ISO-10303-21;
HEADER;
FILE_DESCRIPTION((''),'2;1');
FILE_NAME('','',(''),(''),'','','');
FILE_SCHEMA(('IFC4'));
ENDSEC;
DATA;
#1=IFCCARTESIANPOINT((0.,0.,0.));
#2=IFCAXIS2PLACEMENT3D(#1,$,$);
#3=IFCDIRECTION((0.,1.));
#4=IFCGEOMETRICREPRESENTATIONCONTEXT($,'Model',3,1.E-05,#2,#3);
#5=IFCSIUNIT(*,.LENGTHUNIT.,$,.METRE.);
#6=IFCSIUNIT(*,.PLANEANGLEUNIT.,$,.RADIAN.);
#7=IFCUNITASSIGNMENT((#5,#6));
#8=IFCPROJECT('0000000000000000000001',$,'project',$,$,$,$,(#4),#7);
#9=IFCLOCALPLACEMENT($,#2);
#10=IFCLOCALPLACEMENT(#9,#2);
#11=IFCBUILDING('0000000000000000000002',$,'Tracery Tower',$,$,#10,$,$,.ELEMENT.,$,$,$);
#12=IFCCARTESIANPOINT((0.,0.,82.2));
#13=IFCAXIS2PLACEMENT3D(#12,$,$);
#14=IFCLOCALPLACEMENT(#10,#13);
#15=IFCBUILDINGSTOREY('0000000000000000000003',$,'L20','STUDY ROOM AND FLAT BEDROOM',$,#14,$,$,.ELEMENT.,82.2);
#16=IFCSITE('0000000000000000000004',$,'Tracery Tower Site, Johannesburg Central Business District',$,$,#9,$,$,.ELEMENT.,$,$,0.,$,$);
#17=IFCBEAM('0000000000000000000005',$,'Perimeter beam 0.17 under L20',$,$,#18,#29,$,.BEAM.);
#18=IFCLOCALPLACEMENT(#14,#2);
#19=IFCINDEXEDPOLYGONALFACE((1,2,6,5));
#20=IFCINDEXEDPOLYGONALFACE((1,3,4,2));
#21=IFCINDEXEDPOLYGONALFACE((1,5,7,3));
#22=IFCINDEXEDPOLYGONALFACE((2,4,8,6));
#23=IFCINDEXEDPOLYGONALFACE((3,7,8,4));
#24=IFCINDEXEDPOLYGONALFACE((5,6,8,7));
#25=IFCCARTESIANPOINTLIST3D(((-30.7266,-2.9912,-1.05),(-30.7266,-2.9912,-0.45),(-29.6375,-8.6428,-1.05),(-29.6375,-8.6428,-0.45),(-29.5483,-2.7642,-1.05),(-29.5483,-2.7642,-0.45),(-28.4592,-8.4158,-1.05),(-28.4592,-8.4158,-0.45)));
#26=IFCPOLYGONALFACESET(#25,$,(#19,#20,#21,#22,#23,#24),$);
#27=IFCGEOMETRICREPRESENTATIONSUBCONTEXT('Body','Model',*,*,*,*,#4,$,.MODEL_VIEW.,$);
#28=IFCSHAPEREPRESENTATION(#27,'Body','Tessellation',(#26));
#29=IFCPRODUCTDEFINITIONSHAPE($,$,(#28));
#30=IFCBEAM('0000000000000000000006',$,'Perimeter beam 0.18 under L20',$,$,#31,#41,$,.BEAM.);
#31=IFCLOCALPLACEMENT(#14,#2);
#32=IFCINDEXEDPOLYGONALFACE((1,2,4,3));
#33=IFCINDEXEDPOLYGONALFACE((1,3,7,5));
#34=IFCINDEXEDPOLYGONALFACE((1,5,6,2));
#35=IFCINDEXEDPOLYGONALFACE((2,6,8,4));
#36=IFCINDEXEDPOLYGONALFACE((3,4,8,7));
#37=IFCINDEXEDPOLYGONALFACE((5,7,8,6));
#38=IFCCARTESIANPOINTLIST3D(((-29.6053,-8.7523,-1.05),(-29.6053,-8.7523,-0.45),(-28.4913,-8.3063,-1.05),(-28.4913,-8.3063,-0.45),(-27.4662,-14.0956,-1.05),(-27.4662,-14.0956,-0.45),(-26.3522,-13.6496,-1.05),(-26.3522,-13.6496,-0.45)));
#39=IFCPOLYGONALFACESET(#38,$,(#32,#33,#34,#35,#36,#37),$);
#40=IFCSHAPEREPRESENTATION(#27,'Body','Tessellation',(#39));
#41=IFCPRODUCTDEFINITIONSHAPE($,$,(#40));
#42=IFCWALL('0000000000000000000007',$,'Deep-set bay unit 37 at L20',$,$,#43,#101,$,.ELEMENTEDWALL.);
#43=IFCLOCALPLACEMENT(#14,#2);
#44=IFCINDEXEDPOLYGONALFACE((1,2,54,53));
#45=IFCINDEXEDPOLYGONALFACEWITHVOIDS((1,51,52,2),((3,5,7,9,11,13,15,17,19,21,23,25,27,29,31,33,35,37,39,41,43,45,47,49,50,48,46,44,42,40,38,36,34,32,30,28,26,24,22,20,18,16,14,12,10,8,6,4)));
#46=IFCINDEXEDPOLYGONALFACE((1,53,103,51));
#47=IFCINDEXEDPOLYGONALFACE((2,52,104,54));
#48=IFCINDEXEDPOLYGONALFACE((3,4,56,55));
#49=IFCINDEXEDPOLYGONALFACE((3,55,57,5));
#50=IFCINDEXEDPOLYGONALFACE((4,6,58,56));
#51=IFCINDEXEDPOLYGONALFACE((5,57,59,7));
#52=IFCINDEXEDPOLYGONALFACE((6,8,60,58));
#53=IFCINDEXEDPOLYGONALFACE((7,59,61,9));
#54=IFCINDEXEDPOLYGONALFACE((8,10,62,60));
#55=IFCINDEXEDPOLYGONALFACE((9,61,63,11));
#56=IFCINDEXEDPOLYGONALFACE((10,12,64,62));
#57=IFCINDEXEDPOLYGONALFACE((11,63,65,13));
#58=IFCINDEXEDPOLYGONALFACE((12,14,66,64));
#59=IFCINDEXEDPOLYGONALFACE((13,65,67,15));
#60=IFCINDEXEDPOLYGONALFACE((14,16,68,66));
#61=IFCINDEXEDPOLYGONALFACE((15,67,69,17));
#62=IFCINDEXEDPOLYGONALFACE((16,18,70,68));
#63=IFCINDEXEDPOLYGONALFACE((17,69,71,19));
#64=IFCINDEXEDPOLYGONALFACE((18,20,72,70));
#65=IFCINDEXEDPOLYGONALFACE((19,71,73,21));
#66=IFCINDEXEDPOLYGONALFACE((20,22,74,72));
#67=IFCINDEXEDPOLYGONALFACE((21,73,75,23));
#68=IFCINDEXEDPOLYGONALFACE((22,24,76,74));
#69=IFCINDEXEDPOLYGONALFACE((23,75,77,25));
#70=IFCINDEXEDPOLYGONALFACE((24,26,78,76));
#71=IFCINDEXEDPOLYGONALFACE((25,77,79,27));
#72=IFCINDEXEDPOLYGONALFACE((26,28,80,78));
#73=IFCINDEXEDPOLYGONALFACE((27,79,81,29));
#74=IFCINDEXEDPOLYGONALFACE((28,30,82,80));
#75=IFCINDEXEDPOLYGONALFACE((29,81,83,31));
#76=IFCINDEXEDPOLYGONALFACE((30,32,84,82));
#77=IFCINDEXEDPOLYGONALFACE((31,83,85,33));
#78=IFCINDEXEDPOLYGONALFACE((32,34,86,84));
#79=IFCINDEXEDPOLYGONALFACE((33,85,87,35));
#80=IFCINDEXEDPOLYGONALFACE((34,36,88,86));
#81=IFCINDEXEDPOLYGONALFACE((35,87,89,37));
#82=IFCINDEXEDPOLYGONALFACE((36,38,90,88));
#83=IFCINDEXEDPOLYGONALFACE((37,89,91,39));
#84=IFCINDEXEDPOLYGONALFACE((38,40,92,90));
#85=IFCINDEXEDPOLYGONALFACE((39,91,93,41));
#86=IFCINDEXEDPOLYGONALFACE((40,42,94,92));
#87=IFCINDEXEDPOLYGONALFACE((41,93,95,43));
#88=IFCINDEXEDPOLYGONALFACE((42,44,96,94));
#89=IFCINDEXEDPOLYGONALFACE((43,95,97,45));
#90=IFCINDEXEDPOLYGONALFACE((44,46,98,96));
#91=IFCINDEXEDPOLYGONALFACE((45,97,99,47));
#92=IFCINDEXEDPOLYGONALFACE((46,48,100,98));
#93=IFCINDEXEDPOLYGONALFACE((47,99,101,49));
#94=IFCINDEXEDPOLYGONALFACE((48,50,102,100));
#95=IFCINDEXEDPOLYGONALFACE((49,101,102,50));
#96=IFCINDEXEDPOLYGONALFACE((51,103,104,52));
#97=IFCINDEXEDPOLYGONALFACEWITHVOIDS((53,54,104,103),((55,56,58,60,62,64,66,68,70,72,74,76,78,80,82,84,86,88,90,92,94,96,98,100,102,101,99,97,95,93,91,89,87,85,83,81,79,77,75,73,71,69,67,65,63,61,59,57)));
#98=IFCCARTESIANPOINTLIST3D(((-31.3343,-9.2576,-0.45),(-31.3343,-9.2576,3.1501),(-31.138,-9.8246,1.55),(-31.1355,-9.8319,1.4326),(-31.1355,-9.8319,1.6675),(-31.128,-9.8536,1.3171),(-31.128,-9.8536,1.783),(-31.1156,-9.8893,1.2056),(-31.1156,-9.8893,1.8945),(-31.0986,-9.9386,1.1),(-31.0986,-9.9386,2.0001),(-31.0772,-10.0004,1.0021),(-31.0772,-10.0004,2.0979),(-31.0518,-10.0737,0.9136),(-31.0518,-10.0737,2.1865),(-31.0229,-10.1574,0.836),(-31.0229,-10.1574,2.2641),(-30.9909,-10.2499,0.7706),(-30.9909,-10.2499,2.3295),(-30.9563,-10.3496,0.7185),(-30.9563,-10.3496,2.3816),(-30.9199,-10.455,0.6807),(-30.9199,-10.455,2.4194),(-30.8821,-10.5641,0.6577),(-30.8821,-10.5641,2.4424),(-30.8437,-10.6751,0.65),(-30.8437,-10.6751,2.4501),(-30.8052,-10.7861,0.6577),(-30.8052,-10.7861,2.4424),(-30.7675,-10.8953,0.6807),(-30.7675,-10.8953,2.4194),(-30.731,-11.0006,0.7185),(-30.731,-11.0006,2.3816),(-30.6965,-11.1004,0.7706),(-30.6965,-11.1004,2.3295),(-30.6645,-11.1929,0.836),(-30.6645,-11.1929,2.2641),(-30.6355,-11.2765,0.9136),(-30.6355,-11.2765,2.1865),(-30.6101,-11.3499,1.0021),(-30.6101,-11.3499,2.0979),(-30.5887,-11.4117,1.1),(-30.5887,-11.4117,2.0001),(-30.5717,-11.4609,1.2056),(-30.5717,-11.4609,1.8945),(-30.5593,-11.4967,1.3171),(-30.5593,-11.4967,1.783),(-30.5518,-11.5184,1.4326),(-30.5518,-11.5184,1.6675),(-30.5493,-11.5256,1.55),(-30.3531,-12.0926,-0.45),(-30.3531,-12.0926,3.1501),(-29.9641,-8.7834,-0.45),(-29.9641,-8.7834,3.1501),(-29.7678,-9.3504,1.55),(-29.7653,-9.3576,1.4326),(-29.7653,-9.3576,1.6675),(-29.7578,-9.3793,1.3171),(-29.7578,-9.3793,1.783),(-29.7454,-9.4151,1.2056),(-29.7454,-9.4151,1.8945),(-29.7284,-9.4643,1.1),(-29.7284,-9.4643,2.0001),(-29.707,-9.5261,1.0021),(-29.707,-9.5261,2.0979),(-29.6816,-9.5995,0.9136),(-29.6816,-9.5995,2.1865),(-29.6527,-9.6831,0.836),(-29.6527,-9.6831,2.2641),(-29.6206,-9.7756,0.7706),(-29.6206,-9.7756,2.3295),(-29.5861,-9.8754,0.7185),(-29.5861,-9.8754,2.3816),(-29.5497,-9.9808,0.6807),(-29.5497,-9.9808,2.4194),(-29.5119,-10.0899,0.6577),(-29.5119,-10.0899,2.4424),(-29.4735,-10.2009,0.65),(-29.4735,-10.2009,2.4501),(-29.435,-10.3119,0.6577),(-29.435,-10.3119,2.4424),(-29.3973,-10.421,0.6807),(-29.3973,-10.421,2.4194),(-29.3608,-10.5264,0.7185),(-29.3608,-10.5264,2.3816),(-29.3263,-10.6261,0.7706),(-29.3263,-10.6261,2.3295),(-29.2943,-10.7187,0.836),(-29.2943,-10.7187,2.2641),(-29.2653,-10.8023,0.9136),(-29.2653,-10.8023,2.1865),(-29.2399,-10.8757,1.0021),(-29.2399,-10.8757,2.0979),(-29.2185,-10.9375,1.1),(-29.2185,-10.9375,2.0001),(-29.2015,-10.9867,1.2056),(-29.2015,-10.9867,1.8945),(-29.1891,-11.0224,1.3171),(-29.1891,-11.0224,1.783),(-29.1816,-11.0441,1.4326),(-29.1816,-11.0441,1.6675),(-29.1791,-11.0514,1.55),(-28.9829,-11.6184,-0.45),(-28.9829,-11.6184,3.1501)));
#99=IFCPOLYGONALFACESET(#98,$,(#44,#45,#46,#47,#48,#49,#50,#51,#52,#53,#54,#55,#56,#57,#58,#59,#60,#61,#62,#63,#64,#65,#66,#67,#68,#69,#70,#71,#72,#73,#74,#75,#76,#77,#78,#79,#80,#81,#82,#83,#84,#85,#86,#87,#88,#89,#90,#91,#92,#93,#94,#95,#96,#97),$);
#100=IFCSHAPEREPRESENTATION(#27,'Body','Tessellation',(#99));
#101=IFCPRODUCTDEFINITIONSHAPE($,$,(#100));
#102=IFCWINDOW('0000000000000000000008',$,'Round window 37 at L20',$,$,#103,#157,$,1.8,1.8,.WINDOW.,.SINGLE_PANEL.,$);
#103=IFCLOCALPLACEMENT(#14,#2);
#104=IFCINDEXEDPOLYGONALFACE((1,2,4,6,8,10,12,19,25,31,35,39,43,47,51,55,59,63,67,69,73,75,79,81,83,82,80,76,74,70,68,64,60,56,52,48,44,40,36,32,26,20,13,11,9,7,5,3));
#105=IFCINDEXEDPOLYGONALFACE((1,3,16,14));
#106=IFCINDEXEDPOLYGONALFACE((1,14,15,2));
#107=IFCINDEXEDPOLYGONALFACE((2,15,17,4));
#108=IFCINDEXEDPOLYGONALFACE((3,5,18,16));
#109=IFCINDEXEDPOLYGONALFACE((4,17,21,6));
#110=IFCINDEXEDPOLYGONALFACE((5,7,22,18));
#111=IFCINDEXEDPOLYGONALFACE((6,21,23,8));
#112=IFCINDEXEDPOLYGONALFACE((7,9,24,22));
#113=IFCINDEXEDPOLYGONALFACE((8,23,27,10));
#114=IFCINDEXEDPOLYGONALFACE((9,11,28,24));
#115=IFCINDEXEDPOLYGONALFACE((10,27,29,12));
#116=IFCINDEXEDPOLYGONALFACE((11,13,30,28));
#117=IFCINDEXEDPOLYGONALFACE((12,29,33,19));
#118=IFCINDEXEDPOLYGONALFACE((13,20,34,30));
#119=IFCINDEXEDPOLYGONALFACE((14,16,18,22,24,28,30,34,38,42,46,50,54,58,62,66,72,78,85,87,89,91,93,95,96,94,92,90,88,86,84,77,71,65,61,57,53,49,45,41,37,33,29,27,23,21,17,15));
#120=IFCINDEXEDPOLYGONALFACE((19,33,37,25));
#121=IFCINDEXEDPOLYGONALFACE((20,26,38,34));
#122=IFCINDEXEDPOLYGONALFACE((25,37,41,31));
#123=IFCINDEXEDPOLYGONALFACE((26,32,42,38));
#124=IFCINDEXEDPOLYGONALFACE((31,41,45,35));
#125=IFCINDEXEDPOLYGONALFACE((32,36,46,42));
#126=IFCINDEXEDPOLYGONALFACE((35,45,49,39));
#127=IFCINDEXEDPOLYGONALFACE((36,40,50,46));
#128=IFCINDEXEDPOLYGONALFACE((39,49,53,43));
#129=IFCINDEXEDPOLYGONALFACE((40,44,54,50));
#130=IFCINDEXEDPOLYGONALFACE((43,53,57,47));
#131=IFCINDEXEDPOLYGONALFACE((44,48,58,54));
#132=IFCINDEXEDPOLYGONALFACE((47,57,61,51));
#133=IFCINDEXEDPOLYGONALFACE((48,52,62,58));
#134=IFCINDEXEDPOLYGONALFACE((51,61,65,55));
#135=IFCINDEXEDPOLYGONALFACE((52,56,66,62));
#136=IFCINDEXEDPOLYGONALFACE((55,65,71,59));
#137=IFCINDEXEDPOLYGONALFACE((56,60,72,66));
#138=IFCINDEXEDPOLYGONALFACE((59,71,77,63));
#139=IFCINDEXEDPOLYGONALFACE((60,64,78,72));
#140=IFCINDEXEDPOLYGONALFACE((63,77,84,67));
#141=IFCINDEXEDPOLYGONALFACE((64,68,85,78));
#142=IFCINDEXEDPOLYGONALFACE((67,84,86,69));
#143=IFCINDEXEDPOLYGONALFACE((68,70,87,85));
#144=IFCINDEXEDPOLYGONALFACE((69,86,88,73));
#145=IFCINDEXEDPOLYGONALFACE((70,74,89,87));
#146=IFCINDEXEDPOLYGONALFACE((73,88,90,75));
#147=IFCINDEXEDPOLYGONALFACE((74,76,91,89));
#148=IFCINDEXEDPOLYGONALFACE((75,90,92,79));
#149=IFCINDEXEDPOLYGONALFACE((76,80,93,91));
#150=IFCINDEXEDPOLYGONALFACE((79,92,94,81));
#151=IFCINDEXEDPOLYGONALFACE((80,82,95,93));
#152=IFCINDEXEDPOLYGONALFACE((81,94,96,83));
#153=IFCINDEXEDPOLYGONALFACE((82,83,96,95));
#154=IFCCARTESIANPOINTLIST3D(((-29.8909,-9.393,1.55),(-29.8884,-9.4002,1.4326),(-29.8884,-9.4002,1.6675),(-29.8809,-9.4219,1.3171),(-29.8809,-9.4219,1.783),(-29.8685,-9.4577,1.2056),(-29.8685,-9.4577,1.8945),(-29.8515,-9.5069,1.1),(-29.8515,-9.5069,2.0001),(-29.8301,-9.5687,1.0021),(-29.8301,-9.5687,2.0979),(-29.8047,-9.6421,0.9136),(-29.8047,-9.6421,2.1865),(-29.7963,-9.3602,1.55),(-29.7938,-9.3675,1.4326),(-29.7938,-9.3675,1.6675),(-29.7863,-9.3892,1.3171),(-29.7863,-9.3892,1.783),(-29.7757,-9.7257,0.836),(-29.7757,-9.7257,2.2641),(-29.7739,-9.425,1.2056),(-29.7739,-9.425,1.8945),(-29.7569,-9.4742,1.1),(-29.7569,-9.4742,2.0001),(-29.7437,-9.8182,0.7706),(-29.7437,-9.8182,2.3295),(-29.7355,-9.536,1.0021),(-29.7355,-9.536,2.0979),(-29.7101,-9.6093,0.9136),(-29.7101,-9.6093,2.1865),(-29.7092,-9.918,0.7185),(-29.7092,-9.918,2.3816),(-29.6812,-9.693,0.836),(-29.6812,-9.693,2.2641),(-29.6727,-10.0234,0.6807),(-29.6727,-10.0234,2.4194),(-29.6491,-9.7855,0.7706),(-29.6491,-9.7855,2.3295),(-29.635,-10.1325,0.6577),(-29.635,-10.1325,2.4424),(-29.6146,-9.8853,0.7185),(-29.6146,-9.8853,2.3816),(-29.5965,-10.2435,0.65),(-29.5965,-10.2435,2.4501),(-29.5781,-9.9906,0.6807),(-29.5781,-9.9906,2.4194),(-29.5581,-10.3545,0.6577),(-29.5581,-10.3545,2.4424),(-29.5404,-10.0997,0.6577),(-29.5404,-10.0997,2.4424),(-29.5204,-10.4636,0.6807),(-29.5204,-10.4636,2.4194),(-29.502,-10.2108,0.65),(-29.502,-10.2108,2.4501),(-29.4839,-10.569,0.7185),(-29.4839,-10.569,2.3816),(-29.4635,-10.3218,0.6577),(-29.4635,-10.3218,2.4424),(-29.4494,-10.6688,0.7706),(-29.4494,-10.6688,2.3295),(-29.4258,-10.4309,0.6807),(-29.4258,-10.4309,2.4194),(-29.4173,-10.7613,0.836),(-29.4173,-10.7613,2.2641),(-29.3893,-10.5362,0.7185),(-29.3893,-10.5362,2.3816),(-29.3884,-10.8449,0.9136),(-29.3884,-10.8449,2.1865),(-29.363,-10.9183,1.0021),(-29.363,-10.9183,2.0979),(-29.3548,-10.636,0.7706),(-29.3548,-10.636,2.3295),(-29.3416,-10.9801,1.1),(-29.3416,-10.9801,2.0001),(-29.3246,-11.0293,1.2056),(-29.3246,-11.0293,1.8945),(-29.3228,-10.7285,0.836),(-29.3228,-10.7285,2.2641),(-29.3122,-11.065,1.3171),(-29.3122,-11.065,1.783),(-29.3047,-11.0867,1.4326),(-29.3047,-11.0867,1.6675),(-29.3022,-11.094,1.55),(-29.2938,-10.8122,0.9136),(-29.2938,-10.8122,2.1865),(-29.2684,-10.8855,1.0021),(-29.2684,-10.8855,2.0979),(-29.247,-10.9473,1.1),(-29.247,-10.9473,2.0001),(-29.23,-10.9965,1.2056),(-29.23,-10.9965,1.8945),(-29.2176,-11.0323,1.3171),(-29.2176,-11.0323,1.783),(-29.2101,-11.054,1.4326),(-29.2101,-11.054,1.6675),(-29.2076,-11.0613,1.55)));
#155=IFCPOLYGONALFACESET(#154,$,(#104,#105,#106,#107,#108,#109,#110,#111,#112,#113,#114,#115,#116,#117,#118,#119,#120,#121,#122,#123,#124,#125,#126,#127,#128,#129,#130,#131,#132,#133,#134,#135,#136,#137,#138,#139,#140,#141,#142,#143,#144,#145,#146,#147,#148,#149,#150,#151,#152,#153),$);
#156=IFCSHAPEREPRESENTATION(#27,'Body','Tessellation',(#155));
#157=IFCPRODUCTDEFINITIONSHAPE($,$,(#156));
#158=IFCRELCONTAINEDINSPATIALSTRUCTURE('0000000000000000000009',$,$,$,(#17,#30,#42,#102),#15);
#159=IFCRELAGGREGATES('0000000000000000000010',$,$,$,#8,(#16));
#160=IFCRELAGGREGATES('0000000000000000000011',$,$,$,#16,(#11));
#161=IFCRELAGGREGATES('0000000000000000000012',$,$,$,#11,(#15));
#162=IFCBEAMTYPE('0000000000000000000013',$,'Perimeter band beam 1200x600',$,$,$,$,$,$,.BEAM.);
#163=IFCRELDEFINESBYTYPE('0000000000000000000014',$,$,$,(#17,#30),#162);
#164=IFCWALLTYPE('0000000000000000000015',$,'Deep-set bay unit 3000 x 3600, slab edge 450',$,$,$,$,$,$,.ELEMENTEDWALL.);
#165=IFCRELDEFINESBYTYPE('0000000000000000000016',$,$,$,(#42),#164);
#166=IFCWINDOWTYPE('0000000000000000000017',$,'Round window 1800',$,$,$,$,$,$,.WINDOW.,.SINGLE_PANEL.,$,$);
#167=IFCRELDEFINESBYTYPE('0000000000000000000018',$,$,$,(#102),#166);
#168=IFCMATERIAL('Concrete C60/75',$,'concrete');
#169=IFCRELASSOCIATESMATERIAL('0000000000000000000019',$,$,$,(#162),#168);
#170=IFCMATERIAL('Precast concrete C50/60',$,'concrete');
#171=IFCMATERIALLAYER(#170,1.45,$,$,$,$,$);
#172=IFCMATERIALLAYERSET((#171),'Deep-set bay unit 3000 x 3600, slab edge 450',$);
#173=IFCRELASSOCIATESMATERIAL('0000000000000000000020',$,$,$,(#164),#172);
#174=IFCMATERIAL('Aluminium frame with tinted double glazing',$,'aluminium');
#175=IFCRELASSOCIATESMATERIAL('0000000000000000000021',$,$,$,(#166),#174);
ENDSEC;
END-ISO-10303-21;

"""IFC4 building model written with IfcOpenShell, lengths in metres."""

from ifc_helpers import new_model, si_unit, direction, frame, frame_2d, origin, origin_2d, place, context, subcontext, project, spatial, rectangle, circle, extrude, material, layer, layer_set, material_profile, profile_set, type_object, element, fill, save


model = new_model("IFC4")

# Units and contexts
model_context = context("Model", 3, precision=1e-05, world=origin(), true_north=direction((0.0, 1.0)))
body_context = subcontext(model_context, "Body", "Model", "MODEL_VIEW")
ifc_project = project(units=[si_unit("LENGTHUNIT", "METRE"), si_unit("PLANEANGLEUNIT", "RADIAN")], contexts=[model_context])

# Site, building, storey
site_placement = place(None, origin())
site = spatial("IfcSite", under=ifc_project, at=site_placement, Name="Tracery Tower Site, Johannesburg Central Business District", CompositionType="ELEMENT", RefElevation=0.0)
building_placement = place(site_placement, origin())
building = spatial("IfcBuilding", under=site, at=building_placement, Name="Tracery Tower", CompositionType="ELEMENT")
storey_placement = place(building_placement, frame((0.0, 0.0, 82.2)))
storey = spatial("IfcBuildingStorey", under=building, at=storey_placement, Name="L20", Description="STUDY ROOM AND FLAT BEDROOM", CompositionType="ELEMENT", Elevation=82.2)

# Beams
ifc_material_1 = material(Name="Concrete C60/75", Category="concrete")
ifc_material_profile_1 = material_profile(ifc_material_1, rectangle(XDim=1.2, YDim=0.6001, at=origin_2d()), Name="RC 1200x600")
ifc_profile_set_1 = profile_set([ifc_material_profile_1], Name="Concrete C60/75")
beam_type_1 = type_object("IfcBeamType", Name="Perimeter band beam 1200x600", PredefinedType="BEAM", material=ifc_profile_set_1)
for number, where, z_axis, x_axis, name in (
    (1, (-30.1375, -2.8777, -0.75), (0.189227, -0.981933, 0.0), (0.981933, 0.189227, 0.0), "Perimeter beam 0.17 under L20"),
    (2, (-29.0483, -8.5293, -0.75), (0.371669, -0.928365, 0.0), (0.928365, 0.371669, 0.0), "Perimeter beam 0.18 under L20"),
):
    element("IfcBeam", number, at=place(storey_placement, frame(where, z_axis=z_axis, x_axis=x_axis)), inside=storey, type_object=beam_type_1, Name=name, PredefinedType="BEAM", context=body_context, shape_type="SweptSolid", body=[
        extrude(rectangle(XDim=1.2, YDim=0.6001, at=origin_2d()), origin(), (0.0, 0.0, 1.0), 5.7556),
    ])

# Wall, opening, window
ifc_material_2 = material(Name="Precast concrete C50/60", Category="concrete")
ifc_layer_1 = layer(ifc_material_2, 1.45)
ifc_layer_set_1 = layer_set([ifc_layer_1], Name="Deep-set bay unit 3000 x 3600, slab edge 450")
wall_type_1 = type_object("IfcWallType", Name="Deep-set bay unit 3000 x 3600, slab edge 450", PredefinedType="ELEMENTEDWALL", material=ifc_layer_set_1)
wall_1_placement = place(storey_placement, frame((-30.6492, -9.0205, -0.45), z_axis=(0.0, 0.0, 1.0), x_axis=(0.327071, -0.945, 0.0)))
wall_1 = element("IfcWall", 3, at=wall_1_placement, inside=storey, type_object=wall_type_1, Name="Deep-set bay unit 37 at L20", PredefinedType="ELEMENTEDWALL", context=body_context, shape_type="SweptSolid", body=[
    extrude(rectangle(XDim=3.0, YDim=1.45, at=frame_2d((1.5, 0.0))), origin(), (0.0, 0.0, 1.0), 3.6001),
])
opening_1_placement = place(wall_1_placement, frame((1.5, 0.0, 2.0)))
opening_1 = element("IfcOpeningElement", 4, at=opening_1_placement, cuts=wall_1, PredefinedType="OPENING", context=body_context, shape_type="SweptSolid", body=[
    extrude(circle(Radius=0.9, at=origin_2d()), frame((0.0, 0.7349, 0.0), z_axis=(0.0, -1.0, 0.0), x_axis=(1.0, 0.0, 0.0)), (0.0, 0.0, 1.0), 1.47),
])
ifc_material_3 = material(Name="Aluminium frame with tinted double glazing", Category="aluminium")
window_type = type_object("IfcWindowType", Name="Round window 1800", PartitioningType="SINGLE_PANEL", PredefinedType="WINDOW", material=ifc_material_3)
window_1_placement = place(opening_1_placement, origin())
window_1 = element("IfcWindow", 5, at=window_1_placement, inside=storey, type_object=window_type, Name="Round window 37 at L20", OverallHeight=1.8, OverallWidth=1.8, PartitioningType="SINGLE_PANEL", PredefinedType="WINDOW", context=body_context, shape_type="SweptSolid", body=[
    extrude(circle(Radius=0.9, at=origin_2d()), frame((0.0, 0.6948, 0.0), z_axis=(0.0, -1.0, 0.0), x_axis=(1.0, 0.0, 0.0)), (0.0, 0.0, 1.0), 0.1001),
])
fill(opening_1, window_1)

save(model, "model.ifc")
